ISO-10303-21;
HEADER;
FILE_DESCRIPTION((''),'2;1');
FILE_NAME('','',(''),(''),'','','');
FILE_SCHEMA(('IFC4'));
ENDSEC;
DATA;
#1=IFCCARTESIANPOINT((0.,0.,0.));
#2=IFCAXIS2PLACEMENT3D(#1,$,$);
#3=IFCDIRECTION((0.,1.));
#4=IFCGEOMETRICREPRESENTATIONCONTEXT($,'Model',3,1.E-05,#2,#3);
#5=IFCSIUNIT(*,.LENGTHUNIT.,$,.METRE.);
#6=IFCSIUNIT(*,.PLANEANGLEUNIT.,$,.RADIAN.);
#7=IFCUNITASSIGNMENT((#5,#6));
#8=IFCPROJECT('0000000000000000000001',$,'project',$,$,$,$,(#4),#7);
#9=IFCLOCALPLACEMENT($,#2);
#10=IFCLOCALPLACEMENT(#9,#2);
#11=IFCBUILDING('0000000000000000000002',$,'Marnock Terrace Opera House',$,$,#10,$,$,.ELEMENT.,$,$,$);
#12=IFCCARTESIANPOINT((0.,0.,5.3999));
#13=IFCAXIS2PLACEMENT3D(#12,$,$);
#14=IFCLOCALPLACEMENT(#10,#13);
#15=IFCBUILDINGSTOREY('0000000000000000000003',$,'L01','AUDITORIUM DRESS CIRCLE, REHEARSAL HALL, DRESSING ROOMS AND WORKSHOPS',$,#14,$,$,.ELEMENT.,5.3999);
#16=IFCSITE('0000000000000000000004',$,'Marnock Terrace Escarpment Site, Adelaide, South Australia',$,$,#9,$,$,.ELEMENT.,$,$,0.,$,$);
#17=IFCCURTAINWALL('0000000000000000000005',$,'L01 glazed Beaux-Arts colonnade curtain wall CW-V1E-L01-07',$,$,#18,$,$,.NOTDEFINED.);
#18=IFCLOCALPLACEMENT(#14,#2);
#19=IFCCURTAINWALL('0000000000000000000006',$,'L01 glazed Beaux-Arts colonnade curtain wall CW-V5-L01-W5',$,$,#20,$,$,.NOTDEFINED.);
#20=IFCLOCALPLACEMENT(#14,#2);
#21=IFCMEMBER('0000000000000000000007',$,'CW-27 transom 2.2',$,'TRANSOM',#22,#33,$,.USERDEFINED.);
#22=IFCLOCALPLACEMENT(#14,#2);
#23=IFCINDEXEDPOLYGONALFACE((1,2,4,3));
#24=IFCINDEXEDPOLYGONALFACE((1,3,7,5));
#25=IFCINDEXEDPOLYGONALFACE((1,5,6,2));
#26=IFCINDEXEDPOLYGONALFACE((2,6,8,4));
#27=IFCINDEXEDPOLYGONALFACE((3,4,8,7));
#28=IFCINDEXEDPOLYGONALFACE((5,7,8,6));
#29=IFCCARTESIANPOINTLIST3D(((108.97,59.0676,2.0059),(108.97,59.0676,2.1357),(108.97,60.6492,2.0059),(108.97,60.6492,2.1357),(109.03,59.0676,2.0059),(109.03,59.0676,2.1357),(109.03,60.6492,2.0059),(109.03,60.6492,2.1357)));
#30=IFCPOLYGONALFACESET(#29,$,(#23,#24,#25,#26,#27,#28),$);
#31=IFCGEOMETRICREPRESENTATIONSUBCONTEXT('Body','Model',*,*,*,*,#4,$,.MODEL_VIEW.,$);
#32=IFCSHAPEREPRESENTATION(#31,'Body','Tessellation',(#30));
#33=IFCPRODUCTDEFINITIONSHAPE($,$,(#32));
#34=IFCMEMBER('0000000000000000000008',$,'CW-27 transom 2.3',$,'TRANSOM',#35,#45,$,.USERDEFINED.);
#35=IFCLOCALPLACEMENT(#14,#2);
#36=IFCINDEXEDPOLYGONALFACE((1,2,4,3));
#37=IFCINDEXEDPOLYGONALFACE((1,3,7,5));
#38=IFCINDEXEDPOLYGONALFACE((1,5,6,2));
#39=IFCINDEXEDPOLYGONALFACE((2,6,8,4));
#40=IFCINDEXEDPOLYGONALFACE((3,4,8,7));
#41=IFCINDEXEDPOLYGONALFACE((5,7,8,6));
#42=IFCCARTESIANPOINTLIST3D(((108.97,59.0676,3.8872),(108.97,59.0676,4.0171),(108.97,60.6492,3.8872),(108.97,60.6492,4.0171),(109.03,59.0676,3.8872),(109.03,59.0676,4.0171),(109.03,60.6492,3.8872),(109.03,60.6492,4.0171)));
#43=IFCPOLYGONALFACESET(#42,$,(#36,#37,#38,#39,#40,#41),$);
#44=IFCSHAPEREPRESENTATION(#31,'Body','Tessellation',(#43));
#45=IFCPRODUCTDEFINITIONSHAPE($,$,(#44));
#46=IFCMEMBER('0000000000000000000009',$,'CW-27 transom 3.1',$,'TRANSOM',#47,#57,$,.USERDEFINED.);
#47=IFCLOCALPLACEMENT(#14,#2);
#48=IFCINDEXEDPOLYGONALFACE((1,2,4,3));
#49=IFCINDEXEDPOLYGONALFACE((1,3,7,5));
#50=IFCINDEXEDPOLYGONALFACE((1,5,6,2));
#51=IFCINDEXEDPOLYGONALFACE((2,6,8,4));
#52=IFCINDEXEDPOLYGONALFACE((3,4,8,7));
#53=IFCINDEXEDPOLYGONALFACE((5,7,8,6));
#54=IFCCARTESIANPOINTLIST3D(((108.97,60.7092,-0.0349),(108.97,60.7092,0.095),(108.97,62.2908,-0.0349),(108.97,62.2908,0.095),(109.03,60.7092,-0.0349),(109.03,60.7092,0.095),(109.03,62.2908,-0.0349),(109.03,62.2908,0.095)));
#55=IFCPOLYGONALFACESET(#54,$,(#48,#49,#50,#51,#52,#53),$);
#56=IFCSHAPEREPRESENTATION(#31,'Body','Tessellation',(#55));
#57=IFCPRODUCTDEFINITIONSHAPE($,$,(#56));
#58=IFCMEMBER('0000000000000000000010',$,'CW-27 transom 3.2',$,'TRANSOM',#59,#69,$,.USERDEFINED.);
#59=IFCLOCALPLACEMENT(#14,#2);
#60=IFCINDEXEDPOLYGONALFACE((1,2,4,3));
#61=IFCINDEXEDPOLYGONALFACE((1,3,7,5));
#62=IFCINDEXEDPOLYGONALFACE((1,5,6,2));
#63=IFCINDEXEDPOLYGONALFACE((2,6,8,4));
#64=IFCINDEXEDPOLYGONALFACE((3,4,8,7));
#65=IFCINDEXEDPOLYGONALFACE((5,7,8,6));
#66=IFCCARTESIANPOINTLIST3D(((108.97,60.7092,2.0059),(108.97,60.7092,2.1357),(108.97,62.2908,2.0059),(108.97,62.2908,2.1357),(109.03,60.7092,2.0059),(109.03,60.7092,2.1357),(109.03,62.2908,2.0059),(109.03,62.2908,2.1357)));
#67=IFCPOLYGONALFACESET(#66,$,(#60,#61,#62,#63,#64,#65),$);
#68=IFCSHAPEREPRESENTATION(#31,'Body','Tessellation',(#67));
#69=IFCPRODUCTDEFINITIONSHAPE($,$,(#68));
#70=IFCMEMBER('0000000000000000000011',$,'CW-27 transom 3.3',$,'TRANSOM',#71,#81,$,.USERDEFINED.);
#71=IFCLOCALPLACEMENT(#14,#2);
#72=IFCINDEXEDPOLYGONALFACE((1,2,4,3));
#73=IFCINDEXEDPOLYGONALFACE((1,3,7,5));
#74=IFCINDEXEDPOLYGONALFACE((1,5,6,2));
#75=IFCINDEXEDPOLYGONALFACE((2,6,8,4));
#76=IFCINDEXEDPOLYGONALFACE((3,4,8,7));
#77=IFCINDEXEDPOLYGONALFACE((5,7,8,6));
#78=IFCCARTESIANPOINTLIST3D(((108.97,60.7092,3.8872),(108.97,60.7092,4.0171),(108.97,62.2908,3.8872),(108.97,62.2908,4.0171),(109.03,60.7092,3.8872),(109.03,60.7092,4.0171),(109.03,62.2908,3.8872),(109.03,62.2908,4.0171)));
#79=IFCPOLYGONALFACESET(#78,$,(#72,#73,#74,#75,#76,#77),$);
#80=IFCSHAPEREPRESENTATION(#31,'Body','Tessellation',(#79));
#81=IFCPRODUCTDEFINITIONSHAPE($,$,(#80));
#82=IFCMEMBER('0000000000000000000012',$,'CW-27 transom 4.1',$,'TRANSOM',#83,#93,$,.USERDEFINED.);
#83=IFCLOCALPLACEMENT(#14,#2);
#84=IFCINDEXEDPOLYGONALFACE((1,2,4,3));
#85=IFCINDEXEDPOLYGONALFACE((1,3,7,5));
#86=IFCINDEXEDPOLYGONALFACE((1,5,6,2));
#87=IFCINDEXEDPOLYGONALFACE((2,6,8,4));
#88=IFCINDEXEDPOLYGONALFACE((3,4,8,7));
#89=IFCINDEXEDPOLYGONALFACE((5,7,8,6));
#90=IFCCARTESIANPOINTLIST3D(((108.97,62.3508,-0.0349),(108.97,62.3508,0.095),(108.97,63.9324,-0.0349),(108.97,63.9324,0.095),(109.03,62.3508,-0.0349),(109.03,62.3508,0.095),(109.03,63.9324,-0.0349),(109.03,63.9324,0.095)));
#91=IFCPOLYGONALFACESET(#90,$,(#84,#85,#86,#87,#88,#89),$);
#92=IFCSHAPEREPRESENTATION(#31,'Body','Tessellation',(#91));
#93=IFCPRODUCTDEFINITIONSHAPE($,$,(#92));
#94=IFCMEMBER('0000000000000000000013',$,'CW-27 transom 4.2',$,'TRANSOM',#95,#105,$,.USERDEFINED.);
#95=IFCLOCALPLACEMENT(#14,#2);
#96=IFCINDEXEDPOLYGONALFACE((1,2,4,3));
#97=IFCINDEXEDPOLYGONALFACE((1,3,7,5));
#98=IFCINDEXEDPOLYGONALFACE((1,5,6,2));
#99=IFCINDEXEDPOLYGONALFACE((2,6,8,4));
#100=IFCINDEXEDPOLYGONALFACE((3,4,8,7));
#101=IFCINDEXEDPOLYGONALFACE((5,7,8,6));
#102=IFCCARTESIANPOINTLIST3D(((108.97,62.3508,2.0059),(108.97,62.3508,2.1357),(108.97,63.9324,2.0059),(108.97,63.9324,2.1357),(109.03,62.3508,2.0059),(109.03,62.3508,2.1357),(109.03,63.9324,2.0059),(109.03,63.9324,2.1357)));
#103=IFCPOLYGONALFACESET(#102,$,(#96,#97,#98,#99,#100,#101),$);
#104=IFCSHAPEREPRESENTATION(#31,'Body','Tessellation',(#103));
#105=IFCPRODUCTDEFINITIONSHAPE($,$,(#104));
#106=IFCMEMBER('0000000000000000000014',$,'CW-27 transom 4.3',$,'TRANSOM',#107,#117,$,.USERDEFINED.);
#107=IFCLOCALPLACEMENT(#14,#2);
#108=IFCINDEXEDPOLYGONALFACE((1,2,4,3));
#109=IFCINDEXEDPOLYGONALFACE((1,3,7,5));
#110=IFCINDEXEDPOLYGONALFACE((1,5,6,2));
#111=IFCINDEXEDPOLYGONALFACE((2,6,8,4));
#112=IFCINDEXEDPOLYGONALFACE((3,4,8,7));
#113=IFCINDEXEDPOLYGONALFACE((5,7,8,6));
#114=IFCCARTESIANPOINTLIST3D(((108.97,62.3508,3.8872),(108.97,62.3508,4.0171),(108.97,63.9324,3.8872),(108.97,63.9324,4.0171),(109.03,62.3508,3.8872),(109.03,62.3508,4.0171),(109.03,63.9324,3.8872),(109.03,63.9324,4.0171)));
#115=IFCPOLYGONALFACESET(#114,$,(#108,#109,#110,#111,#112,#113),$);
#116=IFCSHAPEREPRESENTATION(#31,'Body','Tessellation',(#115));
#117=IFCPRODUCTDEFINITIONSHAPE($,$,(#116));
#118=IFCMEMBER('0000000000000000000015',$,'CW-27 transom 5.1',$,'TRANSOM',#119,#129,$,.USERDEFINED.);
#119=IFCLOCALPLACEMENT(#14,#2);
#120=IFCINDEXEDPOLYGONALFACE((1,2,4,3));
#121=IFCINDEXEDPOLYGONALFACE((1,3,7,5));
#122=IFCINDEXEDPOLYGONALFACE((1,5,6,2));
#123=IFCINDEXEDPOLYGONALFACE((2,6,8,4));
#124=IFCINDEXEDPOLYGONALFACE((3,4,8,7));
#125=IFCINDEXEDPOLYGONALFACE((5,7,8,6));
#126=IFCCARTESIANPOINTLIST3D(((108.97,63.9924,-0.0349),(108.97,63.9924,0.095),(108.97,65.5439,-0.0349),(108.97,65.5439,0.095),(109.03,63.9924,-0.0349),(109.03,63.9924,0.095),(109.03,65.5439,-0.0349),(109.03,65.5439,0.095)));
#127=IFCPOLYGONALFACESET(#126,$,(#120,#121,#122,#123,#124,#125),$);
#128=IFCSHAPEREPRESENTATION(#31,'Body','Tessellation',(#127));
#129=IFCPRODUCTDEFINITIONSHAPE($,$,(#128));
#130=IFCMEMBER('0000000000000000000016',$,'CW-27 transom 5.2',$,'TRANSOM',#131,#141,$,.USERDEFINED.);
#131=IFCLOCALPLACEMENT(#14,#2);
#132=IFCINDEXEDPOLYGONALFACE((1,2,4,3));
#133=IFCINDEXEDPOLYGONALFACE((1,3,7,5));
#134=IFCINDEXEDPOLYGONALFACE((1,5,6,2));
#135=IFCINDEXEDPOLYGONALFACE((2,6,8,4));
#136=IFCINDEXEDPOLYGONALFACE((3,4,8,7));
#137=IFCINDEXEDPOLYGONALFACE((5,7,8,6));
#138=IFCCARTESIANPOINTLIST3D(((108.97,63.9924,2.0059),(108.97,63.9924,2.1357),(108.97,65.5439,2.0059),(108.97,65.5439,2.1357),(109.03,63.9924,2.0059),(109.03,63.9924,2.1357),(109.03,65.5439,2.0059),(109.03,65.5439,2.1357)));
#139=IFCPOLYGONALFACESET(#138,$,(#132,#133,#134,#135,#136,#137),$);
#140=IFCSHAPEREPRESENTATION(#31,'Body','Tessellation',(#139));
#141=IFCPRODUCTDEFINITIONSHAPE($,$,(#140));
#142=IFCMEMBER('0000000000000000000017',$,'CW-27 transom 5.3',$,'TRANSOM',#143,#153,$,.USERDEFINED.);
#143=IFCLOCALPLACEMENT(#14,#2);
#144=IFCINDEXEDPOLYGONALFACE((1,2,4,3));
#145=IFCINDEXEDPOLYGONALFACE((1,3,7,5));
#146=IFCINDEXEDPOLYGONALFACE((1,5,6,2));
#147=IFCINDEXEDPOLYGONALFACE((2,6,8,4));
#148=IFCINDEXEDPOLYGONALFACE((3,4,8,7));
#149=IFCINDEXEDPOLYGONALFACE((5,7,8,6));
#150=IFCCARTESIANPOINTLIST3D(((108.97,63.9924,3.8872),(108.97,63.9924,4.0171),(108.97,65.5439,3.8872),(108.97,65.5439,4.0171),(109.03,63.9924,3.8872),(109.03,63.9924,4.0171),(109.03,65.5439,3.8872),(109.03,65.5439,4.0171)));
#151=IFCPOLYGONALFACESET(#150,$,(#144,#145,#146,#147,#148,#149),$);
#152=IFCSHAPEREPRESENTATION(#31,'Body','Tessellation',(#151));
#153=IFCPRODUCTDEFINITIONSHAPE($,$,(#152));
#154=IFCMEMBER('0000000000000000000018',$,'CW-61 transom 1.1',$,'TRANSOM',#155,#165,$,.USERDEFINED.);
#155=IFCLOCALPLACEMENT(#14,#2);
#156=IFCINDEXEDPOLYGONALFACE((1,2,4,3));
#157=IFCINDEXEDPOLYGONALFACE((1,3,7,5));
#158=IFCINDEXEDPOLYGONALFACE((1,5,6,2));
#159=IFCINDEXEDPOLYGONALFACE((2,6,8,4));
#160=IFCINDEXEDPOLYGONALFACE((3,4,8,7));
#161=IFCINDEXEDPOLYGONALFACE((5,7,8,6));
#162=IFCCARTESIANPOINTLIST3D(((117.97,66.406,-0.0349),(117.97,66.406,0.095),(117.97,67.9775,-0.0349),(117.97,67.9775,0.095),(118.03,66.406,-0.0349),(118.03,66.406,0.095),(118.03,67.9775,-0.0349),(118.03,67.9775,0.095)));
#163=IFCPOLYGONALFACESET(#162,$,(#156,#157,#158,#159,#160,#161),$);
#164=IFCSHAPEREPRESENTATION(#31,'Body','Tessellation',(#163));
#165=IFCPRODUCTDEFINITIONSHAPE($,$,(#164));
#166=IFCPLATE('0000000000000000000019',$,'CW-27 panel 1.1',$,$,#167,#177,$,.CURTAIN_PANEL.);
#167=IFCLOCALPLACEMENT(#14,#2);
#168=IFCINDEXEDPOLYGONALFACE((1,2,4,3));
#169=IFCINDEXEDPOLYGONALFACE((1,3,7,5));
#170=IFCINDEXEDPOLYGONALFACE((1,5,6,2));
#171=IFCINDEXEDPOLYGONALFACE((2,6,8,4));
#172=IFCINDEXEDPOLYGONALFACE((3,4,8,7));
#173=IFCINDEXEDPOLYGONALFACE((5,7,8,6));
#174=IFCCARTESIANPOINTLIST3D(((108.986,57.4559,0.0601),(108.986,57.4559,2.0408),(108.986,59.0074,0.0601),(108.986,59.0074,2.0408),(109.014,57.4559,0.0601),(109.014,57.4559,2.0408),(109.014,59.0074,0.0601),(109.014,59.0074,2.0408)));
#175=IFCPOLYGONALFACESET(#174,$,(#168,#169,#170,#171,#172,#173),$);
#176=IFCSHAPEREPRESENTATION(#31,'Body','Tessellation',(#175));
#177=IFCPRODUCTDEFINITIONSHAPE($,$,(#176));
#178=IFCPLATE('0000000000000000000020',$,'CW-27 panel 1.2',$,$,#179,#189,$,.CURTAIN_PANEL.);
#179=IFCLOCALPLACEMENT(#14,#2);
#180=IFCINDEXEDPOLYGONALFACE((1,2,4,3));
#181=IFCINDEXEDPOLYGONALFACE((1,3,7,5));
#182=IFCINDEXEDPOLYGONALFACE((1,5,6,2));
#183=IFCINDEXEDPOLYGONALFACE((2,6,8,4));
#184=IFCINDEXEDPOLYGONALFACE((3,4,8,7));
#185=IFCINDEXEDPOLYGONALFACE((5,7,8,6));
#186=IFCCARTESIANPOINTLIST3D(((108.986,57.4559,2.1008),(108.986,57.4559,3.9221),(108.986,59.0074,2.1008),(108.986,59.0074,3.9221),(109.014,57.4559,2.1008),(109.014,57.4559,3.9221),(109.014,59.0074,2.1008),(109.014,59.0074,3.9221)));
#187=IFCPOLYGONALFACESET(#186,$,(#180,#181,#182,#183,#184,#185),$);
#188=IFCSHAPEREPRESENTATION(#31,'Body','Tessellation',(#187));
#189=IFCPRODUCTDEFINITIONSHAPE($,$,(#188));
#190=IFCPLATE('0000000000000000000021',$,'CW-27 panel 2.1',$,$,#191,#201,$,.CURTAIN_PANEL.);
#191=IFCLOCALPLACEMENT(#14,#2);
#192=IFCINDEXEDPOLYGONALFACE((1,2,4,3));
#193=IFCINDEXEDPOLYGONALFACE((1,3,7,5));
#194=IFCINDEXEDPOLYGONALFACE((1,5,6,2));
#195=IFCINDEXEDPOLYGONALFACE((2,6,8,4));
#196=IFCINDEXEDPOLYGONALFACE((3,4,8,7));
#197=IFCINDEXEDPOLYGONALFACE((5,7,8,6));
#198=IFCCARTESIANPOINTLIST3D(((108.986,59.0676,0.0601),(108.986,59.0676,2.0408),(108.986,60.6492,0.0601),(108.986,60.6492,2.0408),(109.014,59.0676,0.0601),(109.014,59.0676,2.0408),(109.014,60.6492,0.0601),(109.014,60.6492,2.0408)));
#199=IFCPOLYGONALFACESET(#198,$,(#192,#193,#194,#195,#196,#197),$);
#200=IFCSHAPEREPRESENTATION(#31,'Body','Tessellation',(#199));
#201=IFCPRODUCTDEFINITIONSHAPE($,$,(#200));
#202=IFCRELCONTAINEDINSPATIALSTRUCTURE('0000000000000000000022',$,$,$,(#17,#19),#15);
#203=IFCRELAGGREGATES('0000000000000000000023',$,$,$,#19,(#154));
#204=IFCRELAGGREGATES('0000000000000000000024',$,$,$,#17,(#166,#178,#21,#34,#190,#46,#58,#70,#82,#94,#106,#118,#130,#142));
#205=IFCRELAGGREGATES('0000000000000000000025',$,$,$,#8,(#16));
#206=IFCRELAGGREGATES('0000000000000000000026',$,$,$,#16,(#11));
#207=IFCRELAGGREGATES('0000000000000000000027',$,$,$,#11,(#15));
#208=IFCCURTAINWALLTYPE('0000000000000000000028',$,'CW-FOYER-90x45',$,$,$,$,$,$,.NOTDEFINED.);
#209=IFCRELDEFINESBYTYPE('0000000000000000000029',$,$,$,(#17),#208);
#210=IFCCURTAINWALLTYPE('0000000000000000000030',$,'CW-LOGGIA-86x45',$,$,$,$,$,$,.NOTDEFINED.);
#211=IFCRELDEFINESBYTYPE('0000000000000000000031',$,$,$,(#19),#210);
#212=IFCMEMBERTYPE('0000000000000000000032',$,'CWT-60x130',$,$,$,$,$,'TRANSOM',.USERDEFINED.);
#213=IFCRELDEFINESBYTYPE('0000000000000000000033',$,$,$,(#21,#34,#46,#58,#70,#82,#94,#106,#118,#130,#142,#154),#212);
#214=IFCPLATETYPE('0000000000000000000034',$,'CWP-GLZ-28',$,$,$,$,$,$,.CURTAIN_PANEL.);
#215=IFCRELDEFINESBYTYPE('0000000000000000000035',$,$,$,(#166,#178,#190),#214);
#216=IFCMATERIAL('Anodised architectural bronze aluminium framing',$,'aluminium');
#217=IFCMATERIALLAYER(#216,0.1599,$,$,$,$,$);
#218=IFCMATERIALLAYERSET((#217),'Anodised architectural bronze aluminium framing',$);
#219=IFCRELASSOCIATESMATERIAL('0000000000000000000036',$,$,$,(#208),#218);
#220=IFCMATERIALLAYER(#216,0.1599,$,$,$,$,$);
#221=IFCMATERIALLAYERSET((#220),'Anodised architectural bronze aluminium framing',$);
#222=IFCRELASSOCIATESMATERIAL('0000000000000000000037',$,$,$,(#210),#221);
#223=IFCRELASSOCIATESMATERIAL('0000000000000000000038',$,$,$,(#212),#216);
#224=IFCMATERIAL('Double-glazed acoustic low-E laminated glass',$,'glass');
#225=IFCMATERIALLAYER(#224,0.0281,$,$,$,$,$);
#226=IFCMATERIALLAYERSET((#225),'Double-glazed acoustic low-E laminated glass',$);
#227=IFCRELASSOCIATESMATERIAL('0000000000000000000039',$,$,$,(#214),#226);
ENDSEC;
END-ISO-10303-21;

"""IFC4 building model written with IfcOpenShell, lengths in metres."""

from ifc_helpers import new_model, si_unit, direction, frame, origin, origin_2d, place, context, subcontext, project, spatial, rectangle, extrude, material, layer, layer_set, material_profile, profile_set, type_object, element, aggregate, save


model = new_model("IFC4")

# Units and contexts
model_context = context("Model", 3, precision=1e-05, world=origin(), true_north=direction((0.0, 1.0)))
body_context = subcontext(model_context, "Body", "Model", "MODEL_VIEW")
ifc_project = project(units=[si_unit("LENGTHUNIT", "METRE"), si_unit("PLANEANGLEUNIT", "RADIAN")], contexts=[model_context])

# Site, building, storey
site_placement = place(None, origin())
site = spatial("IfcSite", under=ifc_project, at=site_placement, Name="Marnock Terrace Escarpment Site, Adelaide, South Australia", CompositionType="ELEMENT", RefElevation=0.0)
building_placement = place(site_placement, origin())
building = spatial("IfcBuilding", under=site, at=building_placement, Name="Marnock Terrace Opera House", CompositionType="ELEMENT")
storey_placement = place(building_placement, frame((0.0, 0.0, 5.3999)))
storey = spatial("IfcBuildingStorey", under=building, at=storey_placement, Name="L01", Description="AUDITORIUM DRESS CIRCLE, REHEARSAL HALL, DRESSING ROOMS AND WORKSHOPS", CompositionType="ELEMENT", Elevation=5.3999)

# Curtain wall
ifc_material_1 = material(Name="Anodised architectural bronze aluminium framing", Category="aluminium")
ifc_layer_1 = layer(ifc_material_1, 0.1599)
ifc_layer_set_1 = layer_set([ifc_layer_1], Name="Anodised architectural bronze aluminium framing")
curtain_wall_type_1 = type_object("IfcCurtainWallType", Name="CW-FOYER-90x45", PredefinedType="NOTDEFINED", material=ifc_layer_set_1)
curtain_wall_1_placement = place(storey_placement, origin())
curtain_wall_1 = element("IfcCurtainWall", 1, at=curtain_wall_1_placement, inside=storey, type_object=curtain_wall_type_1, Name="L01 glazed Beaux-Arts colonnade curtain wall CW-V1E-L01-07", PredefinedType="NOTDEFINED")

# Curtain wall
ifc_layer_2 = layer(ifc_material_1, 0.1599)
ifc_layer_set_2 = layer_set([ifc_layer_2], Name="Anodised architectural bronze aluminium framing")
curtain_wall_type_2 = type_object("IfcCurtainWallType", Name="CW-LOGGIA-86x45", PredefinedType="NOTDEFINED", material=ifc_layer_set_2)
curtain_wall_2_placement = place(storey_placement, origin())
curtain_wall_2 = element("IfcCurtainWall", 2, at=curtain_wall_2_placement, inside=storey, type_object=curtain_wall_type_2, Name="L01 glazed Beaux-Arts colonnade curtain wall CW-V5-L01-W5", PredefinedType="NOTDEFINED")

# Members
ifc_material_profile_1 = material_profile(ifc_material_1, rectangle(XDim=0.0601, YDim=0.1299, at=origin_2d()))
ifc_profile_set_1 = profile_set([ifc_material_profile_1], Name="Anodised architectural bronze aluminium framing")
member_type_1 = type_object("IfcMemberType", Name="CWT-60x130", ElementType="TRANSOM", PredefinedType="USERDEFINED", material=ifc_profile_set_1)
member_1_placement = place(storey_placement, frame((109.0, 59.0676, 2.0708), z_axis=(0.0, 1.0, 0.0), x_axis=(-1.0, 0.0, 0.0)))
member_1 = element("IfcMember", 3, at=member_1_placement, type_object=member_type_1, Name="CW-27 transom 2.2", ObjectType="TRANSOM", PredefinedType="USERDEFINED", context=body_context, shape_type="SweptSolid", body=[
    extrude(rectangle(XDim=0.0601, YDim=0.1299, at=origin_2d()), origin(), (0.0, 0.0, 1.0), 1.5815),
])
member_2_placement = place(storey_placement, frame((109.0, 59.0676, 3.9521), z_axis=(0.0, 1.0, 0.0), x_axis=(-1.0, 0.0, 0.0)))
member_2 = element("IfcMember", 4, at=member_2_placement, type_object=member_type_1, Name="CW-27 transom 2.3", ObjectType="TRANSOM", PredefinedType="USERDEFINED", context=body_context, shape_type="SweptSolid", body=[
    extrude(rectangle(XDim=0.0601, YDim=0.1299, at=origin_2d()), origin(), (0.0, 0.0, 1.0), 1.5815),
])
member_3_placement = place(storey_placement, frame((109.0, 60.7092, 0.03), z_axis=(0.0, 1.0, 0.0), x_axis=(-1.0, 0.0, 0.0)))
member_3 = element("IfcMember", 5, at=member_3_placement, type_object=member_type_1, Name="CW-27 transom 3.1", ObjectType="TRANSOM", PredefinedType="USERDEFINED", context=body_context, shape_type="SweptSolid", body=[
    extrude(rectangle(XDim=0.0601, YDim=0.1299, at=origin_2d()), origin(), (0.0, 0.0, 1.0), 1.5815),
])
member_4_placement = place(storey_placement, frame((109.0, 60.7092, 2.0708), z_axis=(0.0, 1.0, 0.0), x_axis=(-1.0, 0.0, 0.0)))
member_4 = element("IfcMember", 6, at=member_4_placement, type_object=member_type_1, Name="CW-27 transom 3.2", ObjectType="TRANSOM", PredefinedType="USERDEFINED", context=body_context, shape_type="SweptSolid", body=[
    extrude(rectangle(XDim=0.0601, YDim=0.1299, at=origin_2d()), origin(), (0.0, 0.0, 1.0), 1.5815),
])
member_5_placement = place(storey_placement, frame((109.0, 60.7092, 3.9521), z_axis=(0.0, 1.0, 0.0), x_axis=(-1.0, 0.0, 0.0)))
member_5 = element("IfcMember", 7, at=member_5_placement, type_object=member_type_1, Name="CW-27 transom 3.3", ObjectType="TRANSOM", PredefinedType="USERDEFINED", context=body_context, shape_type="SweptSolid", body=[
    extrude(rectangle(XDim=0.0601, YDim=0.1299, at=origin_2d()), origin(), (0.0, 0.0, 1.0), 1.5815),
])
member_6_placement = place(storey_placement, frame((109.0, 62.3508, 0.03), z_axis=(0.0, 1.0, 0.0), x_axis=(-1.0, 0.0, 0.0)))
member_6 = element("IfcMember", 8, at=member_6_placement, type_object=member_type_1, Name="CW-27 transom 4.1", ObjectType="TRANSOM", PredefinedType="USERDEFINED", context=body_context, shape_type="SweptSolid", body=[
    extrude(rectangle(XDim=0.0601, YDim=0.1299, at=origin_2d()), origin(), (0.0, 0.0, 1.0), 1.5815),
])
member_7_placement = place(storey_placement, frame((109.0, 62.3508, 2.0708), z_axis=(0.0, 1.0, 0.0), x_axis=(-1.0, 0.0, 0.0)))
member_7 = element("IfcMember", 9, at=member_7_placement, type_object=member_type_1, Name="CW-27 transom 4.2", ObjectType="TRANSOM", PredefinedType="USERDEFINED", context=body_context, shape_type="SweptSolid", body=[
    extrude(rectangle(XDim=0.0601, YDim=0.1299, at=origin_2d()), origin(), (0.0, 0.0, 1.0), 1.5815),
])
member_8_placement = place(storey_placement, frame((109.0, 62.3508, 3.9521), z_axis=(0.0, 1.0, 0.0), x_axis=(-1.0, 0.0, 0.0)))
member_8 = element("IfcMember", 10, at=member_8_placement, type_object=member_type_1, Name="CW-27 transom 4.3", ObjectType="TRANSOM", PredefinedType="USERDEFINED", context=body_context, shape_type="SweptSolid", body=[
    extrude(rectangle(XDim=0.0601, YDim=0.1299, at=origin_2d()), origin(), (0.0, 0.0, 1.0), 1.5815),
])
member_9_placement = place(storey_placement, frame((109.0, 63.9924, 0.03), z_axis=(0.0, 1.0, 0.0), x_axis=(-1.0, 0.0, 0.0)))
member_9 = element("IfcMember", 11, at=member_9_placement, type_object=member_type_1, Name="CW-27 transom 5.1", ObjectType="TRANSOM", PredefinedType="USERDEFINED", context=body_context, shape_type="SweptSolid", body=[
    extrude(rectangle(XDim=0.0601, YDim=0.1299, at=origin_2d()), origin(), (0.0, 0.0, 1.0), 1.5515),
])
member_10_placement = place(storey_placement, frame((109.0, 63.9924, 2.0708), z_axis=(0.0, 1.0, 0.0), x_axis=(-1.0, 0.0, 0.0)))
member_10 = element("IfcMember", 12, at=member_10_placement, type_object=member_type_1, Name="CW-27 transom 5.2", ObjectType="TRANSOM", PredefinedType="USERDEFINED", context=body_context, shape_type="SweptSolid", body=[
    extrude(rectangle(XDim=0.0601, YDim=0.1299, at=origin_2d()), origin(), (0.0, 0.0, 1.0), 1.5515),
])
member_11_placement = place(storey_placement, frame((109.0, 63.9924, 3.9521), z_axis=(0.0, 1.0, 0.0), x_axis=(-1.0, 0.0, 0.0)))
member_11 = element("IfcMember", 13, at=member_11_placement, type_object=member_type_1, Name="CW-27 transom 5.3", ObjectType="TRANSOM", PredefinedType="USERDEFINED", context=body_context, shape_type="SweptSolid", body=[
    extrude(rectangle(XDim=0.0601, YDim=0.1299, at=origin_2d()), origin(), (0.0, 0.0, 1.0), 1.5515),
])
member_12_placement = place(storey_placement, frame((118.0, 66.406, 0.03), z_axis=(0.0, 1.0, 0.0), x_axis=(-1.0, 0.0, 0.0)))
member_12 = element("IfcMember", 14, at=member_12_placement, type_object=member_type_1, Name="CW-61 transom 1.1", ObjectType="TRANSOM", PredefinedType="USERDEFINED", context=body_context, shape_type="SweptSolid", body=[
    extrude(rectangle(XDim=0.0601, YDim=0.1299, at=origin_2d()), origin(), (0.0, 0.0, 1.0), 1.5715),
])
aggregate(curtain_wall_2, [member_12])

# Plates
ifc_material_2 = material(Name="Double-glazed acoustic low-E laminated glass", Category="glass")
ifc_layer_3 = layer(ifc_material_2, 0.0281)
ifc_layer_set_3 = layer_set([ifc_layer_3], Name="Double-glazed acoustic low-E laminated glass")
plate_type = type_object("IfcPlateType", Name="CWP-GLZ-28", PredefinedType="CURTAIN_PANEL", material=ifc_layer_set_3)
plate_1_placement = place(storey_placement, frame((109.0, 58.2317, 0.0601), z_axis=(0.0, 0.0, 1.0), x_axis=(0.0, 1.0, 0.0)))
plate_1 = element("IfcPlate", 15, at=plate_1_placement, type_object=plate_type, Name="CW-27 panel 1.1", PredefinedType="CURTAIN_PANEL", context=body_context, shape_type="SweptSolid", body=[
    extrude(rectangle(XDim=1.5515, YDim=0.0281, at=origin_2d()), origin(), (0.0, 0.0, 1.0), 1.9807),
])
plate_2_placement = place(storey_placement, frame((109.0, 58.2317, 2.1008), z_axis=(0.0, 0.0, 1.0), x_axis=(0.0, 1.0, 0.0)))
plate_2 = element("IfcPlate", 16, at=plate_2_placement, type_object=plate_type, Name="CW-27 panel 1.2", PredefinedType="CURTAIN_PANEL", context=body_context, shape_type="SweptSolid", body=[
    extrude(rectangle(XDim=1.5515, YDim=0.0281, at=origin_2d()), origin(), (0.0, 0.0, 1.0), 1.8213),
])
plate_3_placement = place(storey_placement, frame((109.0, 59.8584, 0.0601), z_axis=(0.0, 0.0, 1.0), x_axis=(0.0, 1.0, 0.0)))
plate_3 = element("IfcPlate", 17, at=plate_3_placement, type_object=plate_type, Name="CW-27 panel 2.1", PredefinedType="CURTAIN_PANEL", context=body_context, shape_type="SweptSolid", body=[
    extrude(rectangle(XDim=1.5815, YDim=0.0281, at=origin_2d()), origin(), (0.0, 0.0, 1.0), 1.9807),
])
aggregate(curtain_wall_1, [plate_1, plate_2, member_1, member_2, plate_3, member_3, member_4, member_5, member_6, member_7, member_8, member_9, member_10, member_11])

save(model, "model.ifc")
